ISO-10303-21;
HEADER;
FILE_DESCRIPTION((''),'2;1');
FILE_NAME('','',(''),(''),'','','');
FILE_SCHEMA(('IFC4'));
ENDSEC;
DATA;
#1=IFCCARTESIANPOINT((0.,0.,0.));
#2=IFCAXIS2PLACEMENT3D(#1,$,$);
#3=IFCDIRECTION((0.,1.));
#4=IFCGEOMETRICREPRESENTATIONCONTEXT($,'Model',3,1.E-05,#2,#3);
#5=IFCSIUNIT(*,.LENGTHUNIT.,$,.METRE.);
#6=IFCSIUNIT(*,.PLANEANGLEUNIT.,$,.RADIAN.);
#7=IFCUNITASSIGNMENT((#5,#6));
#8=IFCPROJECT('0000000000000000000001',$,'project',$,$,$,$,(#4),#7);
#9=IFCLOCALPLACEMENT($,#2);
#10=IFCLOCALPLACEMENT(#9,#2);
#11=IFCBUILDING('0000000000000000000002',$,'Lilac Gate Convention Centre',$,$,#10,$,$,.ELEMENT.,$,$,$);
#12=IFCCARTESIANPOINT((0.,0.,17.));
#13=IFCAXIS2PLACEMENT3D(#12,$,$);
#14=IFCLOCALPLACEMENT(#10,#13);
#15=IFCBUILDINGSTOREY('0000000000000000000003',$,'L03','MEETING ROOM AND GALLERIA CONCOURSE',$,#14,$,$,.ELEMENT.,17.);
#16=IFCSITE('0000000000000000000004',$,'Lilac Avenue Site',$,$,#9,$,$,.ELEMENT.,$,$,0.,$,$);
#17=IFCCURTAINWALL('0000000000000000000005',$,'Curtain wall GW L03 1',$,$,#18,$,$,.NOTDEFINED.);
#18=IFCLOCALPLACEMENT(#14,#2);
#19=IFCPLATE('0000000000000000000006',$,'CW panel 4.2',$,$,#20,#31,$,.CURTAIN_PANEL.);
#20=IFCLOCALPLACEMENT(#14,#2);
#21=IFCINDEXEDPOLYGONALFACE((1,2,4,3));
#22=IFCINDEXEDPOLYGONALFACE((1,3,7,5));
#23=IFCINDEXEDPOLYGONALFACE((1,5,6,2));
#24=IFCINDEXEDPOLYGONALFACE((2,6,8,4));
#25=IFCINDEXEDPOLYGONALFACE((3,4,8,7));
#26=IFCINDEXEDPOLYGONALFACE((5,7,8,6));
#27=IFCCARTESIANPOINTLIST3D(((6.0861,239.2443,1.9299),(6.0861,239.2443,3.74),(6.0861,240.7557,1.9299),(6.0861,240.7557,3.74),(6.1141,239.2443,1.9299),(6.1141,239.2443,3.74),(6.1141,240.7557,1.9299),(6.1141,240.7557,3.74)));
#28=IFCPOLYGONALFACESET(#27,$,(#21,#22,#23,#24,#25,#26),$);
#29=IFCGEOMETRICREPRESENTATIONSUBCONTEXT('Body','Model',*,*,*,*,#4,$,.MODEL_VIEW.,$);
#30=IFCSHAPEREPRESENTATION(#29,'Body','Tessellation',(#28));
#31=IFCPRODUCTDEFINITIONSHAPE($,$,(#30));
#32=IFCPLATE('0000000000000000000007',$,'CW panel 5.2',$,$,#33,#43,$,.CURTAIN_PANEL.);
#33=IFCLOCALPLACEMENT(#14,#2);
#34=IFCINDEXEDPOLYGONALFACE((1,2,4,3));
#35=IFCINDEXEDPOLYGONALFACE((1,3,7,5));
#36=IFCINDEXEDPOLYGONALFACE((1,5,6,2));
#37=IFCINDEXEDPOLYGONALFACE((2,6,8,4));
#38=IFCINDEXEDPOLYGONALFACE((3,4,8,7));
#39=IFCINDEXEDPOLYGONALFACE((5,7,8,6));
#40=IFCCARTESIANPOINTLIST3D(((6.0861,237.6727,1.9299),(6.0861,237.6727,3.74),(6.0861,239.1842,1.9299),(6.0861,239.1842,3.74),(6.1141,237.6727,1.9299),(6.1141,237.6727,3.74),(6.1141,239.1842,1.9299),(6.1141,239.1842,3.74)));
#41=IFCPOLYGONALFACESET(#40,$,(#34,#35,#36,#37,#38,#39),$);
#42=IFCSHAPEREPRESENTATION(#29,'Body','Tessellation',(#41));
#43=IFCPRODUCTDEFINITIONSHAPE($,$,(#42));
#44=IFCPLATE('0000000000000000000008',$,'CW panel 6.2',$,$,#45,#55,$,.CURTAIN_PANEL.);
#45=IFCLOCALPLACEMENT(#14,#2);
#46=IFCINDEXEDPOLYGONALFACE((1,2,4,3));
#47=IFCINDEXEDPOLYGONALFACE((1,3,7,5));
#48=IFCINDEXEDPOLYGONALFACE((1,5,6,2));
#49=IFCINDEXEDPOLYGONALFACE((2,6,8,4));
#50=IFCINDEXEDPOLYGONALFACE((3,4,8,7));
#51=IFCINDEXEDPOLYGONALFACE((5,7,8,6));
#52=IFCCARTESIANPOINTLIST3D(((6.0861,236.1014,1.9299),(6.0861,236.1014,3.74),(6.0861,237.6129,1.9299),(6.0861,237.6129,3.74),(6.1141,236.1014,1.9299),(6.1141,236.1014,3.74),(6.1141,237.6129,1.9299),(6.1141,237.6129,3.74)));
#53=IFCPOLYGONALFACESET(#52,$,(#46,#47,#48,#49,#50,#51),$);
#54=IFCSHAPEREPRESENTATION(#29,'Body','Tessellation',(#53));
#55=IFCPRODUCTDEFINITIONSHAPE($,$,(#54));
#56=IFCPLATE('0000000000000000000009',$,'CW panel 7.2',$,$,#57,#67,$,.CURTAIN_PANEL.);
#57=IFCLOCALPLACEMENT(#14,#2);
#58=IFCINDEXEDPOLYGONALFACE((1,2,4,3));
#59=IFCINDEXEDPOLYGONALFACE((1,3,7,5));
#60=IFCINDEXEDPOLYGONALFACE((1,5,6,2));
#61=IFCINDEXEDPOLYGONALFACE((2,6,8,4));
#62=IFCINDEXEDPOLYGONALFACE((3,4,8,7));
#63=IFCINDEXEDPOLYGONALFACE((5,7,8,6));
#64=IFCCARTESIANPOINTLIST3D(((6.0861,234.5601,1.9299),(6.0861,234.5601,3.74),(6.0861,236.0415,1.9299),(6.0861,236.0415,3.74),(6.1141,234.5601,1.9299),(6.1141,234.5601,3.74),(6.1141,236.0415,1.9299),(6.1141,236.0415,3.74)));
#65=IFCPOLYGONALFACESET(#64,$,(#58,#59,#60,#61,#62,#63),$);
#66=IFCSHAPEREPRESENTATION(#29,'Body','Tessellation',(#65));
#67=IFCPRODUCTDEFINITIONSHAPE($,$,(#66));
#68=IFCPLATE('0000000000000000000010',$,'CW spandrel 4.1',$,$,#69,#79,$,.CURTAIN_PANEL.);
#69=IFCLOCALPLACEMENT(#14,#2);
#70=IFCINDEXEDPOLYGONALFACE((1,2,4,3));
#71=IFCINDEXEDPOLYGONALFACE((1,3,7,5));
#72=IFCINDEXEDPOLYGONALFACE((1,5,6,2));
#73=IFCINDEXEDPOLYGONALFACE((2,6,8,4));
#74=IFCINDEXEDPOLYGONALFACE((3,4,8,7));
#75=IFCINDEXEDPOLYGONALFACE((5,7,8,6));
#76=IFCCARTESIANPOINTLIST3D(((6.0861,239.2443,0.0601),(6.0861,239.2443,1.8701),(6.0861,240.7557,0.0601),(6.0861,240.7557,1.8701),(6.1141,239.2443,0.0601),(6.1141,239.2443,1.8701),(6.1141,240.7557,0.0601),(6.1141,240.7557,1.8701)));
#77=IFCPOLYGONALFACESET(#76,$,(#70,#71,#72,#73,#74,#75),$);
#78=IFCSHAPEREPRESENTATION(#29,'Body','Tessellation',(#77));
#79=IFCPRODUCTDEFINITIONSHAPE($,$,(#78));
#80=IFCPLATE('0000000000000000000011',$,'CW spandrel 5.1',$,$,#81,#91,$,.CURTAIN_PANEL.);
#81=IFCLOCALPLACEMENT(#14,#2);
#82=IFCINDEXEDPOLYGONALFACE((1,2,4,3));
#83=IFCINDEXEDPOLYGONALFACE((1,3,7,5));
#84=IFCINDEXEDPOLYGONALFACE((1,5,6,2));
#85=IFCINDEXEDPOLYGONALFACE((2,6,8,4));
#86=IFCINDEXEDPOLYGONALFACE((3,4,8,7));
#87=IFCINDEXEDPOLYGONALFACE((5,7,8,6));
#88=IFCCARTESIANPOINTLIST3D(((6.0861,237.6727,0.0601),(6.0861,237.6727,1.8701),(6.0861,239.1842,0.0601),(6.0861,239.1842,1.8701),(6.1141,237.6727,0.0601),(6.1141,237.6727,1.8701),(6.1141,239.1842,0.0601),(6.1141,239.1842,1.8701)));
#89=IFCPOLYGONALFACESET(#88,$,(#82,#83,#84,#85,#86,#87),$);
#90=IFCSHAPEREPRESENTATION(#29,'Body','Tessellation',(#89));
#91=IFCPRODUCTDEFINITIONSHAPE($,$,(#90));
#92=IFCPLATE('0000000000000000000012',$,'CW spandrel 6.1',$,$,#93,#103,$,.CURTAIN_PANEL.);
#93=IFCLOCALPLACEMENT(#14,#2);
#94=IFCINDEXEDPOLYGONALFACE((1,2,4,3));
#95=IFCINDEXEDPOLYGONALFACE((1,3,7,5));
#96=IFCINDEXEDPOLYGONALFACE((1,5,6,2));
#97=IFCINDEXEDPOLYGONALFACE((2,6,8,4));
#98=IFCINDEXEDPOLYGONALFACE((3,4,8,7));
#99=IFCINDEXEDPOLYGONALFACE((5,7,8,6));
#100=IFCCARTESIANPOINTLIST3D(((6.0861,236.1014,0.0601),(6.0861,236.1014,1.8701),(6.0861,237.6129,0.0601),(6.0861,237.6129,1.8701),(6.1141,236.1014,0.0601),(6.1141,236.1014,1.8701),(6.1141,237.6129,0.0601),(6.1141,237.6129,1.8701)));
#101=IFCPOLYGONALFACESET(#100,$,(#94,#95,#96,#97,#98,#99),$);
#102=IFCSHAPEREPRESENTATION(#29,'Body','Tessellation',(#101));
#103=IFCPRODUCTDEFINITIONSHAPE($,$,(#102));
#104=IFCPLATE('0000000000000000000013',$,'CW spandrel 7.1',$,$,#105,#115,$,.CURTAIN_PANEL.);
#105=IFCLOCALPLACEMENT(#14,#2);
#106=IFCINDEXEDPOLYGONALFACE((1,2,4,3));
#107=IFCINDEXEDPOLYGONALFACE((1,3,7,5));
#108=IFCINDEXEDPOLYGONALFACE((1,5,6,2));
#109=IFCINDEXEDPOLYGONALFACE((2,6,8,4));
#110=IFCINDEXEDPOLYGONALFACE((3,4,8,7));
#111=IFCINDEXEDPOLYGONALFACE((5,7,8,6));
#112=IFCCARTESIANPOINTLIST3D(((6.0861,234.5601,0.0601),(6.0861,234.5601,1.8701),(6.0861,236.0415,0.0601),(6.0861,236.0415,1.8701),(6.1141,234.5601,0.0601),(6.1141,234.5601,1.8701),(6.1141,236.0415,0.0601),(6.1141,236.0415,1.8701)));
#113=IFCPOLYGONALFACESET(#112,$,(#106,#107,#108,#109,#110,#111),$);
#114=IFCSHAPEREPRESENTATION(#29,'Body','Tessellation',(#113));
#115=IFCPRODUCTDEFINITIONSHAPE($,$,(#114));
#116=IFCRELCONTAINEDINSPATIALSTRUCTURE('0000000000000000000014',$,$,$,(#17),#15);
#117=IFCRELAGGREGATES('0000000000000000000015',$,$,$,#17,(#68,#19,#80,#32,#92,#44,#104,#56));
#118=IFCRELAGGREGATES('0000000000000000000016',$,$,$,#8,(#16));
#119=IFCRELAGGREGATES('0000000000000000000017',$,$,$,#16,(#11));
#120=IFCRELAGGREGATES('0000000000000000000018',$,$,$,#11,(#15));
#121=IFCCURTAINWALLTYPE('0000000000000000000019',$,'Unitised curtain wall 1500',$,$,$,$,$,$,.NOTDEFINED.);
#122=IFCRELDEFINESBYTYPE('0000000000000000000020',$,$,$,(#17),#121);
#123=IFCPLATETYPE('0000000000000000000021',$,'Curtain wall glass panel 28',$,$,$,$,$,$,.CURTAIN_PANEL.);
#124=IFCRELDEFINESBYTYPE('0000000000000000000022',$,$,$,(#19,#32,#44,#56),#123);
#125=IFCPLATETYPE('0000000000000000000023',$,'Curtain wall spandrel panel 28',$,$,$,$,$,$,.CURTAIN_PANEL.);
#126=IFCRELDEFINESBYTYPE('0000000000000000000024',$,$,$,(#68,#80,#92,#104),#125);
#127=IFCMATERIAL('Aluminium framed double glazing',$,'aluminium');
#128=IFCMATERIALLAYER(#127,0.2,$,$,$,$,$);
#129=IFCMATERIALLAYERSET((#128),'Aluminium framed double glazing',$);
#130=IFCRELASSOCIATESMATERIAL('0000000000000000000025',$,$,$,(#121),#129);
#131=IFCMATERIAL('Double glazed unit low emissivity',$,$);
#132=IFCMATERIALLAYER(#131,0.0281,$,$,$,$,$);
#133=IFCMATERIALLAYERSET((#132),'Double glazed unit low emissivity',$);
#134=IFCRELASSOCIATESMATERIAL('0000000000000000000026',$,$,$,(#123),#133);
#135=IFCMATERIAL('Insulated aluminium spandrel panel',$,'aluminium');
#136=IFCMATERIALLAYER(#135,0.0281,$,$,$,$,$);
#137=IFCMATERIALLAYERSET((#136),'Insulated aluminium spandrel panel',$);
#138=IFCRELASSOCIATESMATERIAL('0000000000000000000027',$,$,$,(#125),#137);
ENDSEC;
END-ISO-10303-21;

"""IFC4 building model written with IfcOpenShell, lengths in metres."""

from ifc_helpers import new_model, si_unit, direction, frame, origin, origin_2d, place, context, subcontext, project, spatial, rectangle, extrude, material, layer, layer_set, type_object, element, aggregate, save


model = new_model("IFC4")

# Units and contexts
model_context = context("Model", 3, precision=1e-05, world=origin(), true_north=direction((0.0, 1.0)))
body_context = subcontext(model_context, "Body", "Model", "MODEL_VIEW")
ifc_project = project(units=[si_unit("LENGTHUNIT", "METRE"), si_unit("PLANEANGLEUNIT", "RADIAN")], contexts=[model_context])

# Site, building, storey
site_placement = place(None, origin())
site = spatial("IfcSite", under=ifc_project, at=site_placement, Name="Lilac Avenue Site", CompositionType="ELEMENT", RefElevation=0.0)
building_placement = place(site_placement, origin())
building = spatial("IfcBuilding", under=site, at=building_placement, Name="Lilac Gate Convention Centre", CompositionType="ELEMENT")
storey_placement = place(building_placement, frame((0.0, 0.0, 17.0)))
storey = spatial("IfcBuildingStorey", under=building, at=storey_placement, Name="L03", Description="MEETING ROOM AND GALLERIA CONCOURSE", CompositionType="ELEMENT", Elevation=17.0)

# Curtain wall, plates
ifc_material_1 = material(Name="Aluminium framed double glazing", Category="aluminium")
ifc_layer_1 = layer(ifc_material_1, 0.2)
ifc_layer_set_1 = layer_set([ifc_layer_1], Name="Aluminium framed double glazing")
curtain_wall_type = type_object("IfcCurtainWallType", Name="Unitised curtain wall 1500", PredefinedType="NOTDEFINED", material=ifc_layer_set_1)
curtain_wall_placement = place(storey_placement, origin())
curtain_wall = element("IfcCurtainWall", 1, at=curtain_wall_placement, inside=storey, type_object=curtain_wall_type, Name="Curtain wall GW L03 1", PredefinedType="NOTDEFINED")
ifc_material_2 = material(Name="Double glazed unit low emissivity")
ifc_layer_2 = layer(ifc_material_2, 0.0281)
ifc_layer_set_2 = layer_set([ifc_layer_2], Name="Double glazed unit low emissivity")
plate_type_1 = type_object("IfcPlateType", Name="Curtain wall glass panel 28", PredefinedType="CURTAIN_PANEL", material=ifc_layer_set_2)
plate_1_placement = place(storey_placement, frame((6.1001, 240.0, 1.9299), z_axis=(0.0, 0.0, 1.0), x_axis=(0.0, -1.0, 0.0)))
plate_1 = element("IfcPlate", 2, at=plate_1_placement, type_object=plate_type_1, Name="CW panel 4.2", PredefinedType="CURTAIN_PANEL", context=body_context, shape_type="SweptSolid", body=[
    extrude(rectangle(XDim=1.5115, YDim=0.0281, at=origin_2d()), origin(), (0.0, 0.0, 1.0), 1.8101),
])
plate_2_placement = place(storey_placement, frame((6.1001, 238.4285, 1.9299), z_axis=(0.0, 0.0, 1.0), x_axis=(0.0, -1.0, 0.0)))
plate_2 = element("IfcPlate", 3, at=plate_2_placement, type_object=plate_type_1, Name="CW panel 5.2", PredefinedType="CURTAIN_PANEL", context=body_context, shape_type="SweptSolid", body=[
    extrude(rectangle(XDim=1.5115, YDim=0.0281, at=origin_2d()), origin(), (0.0, 0.0, 1.0), 1.8101),
])
plate_3_placement = place(storey_placement, frame((6.1001, 236.8572, 1.9299), z_axis=(0.0, 0.0, 1.0), x_axis=(0.0, -1.0, 0.0)))
plate_3 = element("IfcPlate", 4, at=plate_3_placement, type_object=plate_type_1, Name="CW panel 6.2", PredefinedType="CURTAIN_PANEL", context=body_context, shape_type="SweptSolid", body=[
    extrude(rectangle(XDim=1.5115, YDim=0.0281, at=origin_2d()), origin(), (0.0, 0.0, 1.0), 1.8101),
])
plate_4_placement = place(storey_placement, frame((6.1001, 235.3008, 1.9299), z_axis=(0.0, 0.0, 1.0), x_axis=(0.0, -1.0, 0.0)))
plate_4 = element("IfcPlate", 5, at=plate_4_placement, type_object=plate_type_1, Name="CW panel 7.2", PredefinedType="CURTAIN_PANEL", context=body_context, shape_type="SweptSolid", body=[
    extrude(rectangle(XDim=1.4814, YDim=0.0281, at=origin_2d()), origin(), (0.0, 0.0, 1.0), 1.8101),
])
ifc_material_3 = material(Name="Insulated aluminium spandrel panel", Category="aluminium")
ifc_layer_3 = layer(ifc_material_3, 0.0281)
ifc_layer_set_3 = layer_set([ifc_layer_3], Name="Insulated aluminium spandrel panel")
plate_type_2 = type_object("IfcPlateType", Name="Curtain wall spandrel panel 28", PredefinedType="CURTAIN_PANEL", material=ifc_layer_set_3)
plate_5_placement = place(storey_placement, frame((6.1001, 240.0, 0.0601), z_axis=(0.0, 0.0, 1.0), x_axis=(0.0, -1.0, 0.0)))
plate_5 = element("IfcPlate", 6, at=plate_5_placement, type_object=plate_type_2, Name="CW spandrel 4.1", PredefinedType="CURTAIN_PANEL", context=body_context, shape_type="SweptSolid", body=[
    extrude(rectangle(XDim=1.5115, YDim=0.0281, at=origin_2d()), origin(), (0.0, 0.0, 1.0), 1.8101),
])
plate_6_placement = place(storey_placement, frame((6.1001, 238.4285, 0.0601), z_axis=(0.0, 0.0, 1.0), x_axis=(0.0, -1.0, 0.0)))
plate_6 = element("IfcPlate", 7, at=plate_6_placement, type_object=plate_type_2, Name="CW spandrel 5.1", PredefinedType="CURTAIN_PANEL", context=body_context, shape_type="SweptSolid", body=[
    extrude(rectangle(XDim=1.5115, YDim=0.0281, at=origin_2d()), origin(), (0.0, 0.0, 1.0), 1.8101),
])
plate_7_placement = place(storey_placement, frame((6.1001, 236.8572, 0.0601), z_axis=(0.0, 0.0, 1.0), x_axis=(0.0, -1.0, 0.0)))
plate_7 = element("IfcPlate", 8, at=plate_7_placement, type_object=plate_type_2, Name="CW spandrel 6.1", PredefinedType="CURTAIN_PANEL", context=body_context, shape_type="SweptSolid", body=[
    extrude(rectangle(XDim=1.5115, YDim=0.0281, at=origin_2d()), origin(), (0.0, 0.0, 1.0), 1.8101),
])
plate_8_placement = place(storey_placement, frame((6.1001, 235.3008, 0.0601), z_axis=(0.0, 0.0, 1.0), x_axis=(0.0, -1.0, 0.0)))
plate_8 = element("IfcPlate", 9, at=plate_8_placement, type_object=plate_type_2, Name="CW spandrel 7.1", PredefinedType="CURTAIN_PANEL", context=body_context, shape_type="SweptSolid", body=[
    extrude(rectangle(XDim=1.4814, YDim=0.0281, at=origin_2d()), origin(), (0.0, 0.0, 1.0), 1.8101),
])
aggregate(curtain_wall, [plate_5, plate_1, plate_6, plate_2, plate_7, plate_3, plate_8, plate_4])

save(model, "model.ifc")
